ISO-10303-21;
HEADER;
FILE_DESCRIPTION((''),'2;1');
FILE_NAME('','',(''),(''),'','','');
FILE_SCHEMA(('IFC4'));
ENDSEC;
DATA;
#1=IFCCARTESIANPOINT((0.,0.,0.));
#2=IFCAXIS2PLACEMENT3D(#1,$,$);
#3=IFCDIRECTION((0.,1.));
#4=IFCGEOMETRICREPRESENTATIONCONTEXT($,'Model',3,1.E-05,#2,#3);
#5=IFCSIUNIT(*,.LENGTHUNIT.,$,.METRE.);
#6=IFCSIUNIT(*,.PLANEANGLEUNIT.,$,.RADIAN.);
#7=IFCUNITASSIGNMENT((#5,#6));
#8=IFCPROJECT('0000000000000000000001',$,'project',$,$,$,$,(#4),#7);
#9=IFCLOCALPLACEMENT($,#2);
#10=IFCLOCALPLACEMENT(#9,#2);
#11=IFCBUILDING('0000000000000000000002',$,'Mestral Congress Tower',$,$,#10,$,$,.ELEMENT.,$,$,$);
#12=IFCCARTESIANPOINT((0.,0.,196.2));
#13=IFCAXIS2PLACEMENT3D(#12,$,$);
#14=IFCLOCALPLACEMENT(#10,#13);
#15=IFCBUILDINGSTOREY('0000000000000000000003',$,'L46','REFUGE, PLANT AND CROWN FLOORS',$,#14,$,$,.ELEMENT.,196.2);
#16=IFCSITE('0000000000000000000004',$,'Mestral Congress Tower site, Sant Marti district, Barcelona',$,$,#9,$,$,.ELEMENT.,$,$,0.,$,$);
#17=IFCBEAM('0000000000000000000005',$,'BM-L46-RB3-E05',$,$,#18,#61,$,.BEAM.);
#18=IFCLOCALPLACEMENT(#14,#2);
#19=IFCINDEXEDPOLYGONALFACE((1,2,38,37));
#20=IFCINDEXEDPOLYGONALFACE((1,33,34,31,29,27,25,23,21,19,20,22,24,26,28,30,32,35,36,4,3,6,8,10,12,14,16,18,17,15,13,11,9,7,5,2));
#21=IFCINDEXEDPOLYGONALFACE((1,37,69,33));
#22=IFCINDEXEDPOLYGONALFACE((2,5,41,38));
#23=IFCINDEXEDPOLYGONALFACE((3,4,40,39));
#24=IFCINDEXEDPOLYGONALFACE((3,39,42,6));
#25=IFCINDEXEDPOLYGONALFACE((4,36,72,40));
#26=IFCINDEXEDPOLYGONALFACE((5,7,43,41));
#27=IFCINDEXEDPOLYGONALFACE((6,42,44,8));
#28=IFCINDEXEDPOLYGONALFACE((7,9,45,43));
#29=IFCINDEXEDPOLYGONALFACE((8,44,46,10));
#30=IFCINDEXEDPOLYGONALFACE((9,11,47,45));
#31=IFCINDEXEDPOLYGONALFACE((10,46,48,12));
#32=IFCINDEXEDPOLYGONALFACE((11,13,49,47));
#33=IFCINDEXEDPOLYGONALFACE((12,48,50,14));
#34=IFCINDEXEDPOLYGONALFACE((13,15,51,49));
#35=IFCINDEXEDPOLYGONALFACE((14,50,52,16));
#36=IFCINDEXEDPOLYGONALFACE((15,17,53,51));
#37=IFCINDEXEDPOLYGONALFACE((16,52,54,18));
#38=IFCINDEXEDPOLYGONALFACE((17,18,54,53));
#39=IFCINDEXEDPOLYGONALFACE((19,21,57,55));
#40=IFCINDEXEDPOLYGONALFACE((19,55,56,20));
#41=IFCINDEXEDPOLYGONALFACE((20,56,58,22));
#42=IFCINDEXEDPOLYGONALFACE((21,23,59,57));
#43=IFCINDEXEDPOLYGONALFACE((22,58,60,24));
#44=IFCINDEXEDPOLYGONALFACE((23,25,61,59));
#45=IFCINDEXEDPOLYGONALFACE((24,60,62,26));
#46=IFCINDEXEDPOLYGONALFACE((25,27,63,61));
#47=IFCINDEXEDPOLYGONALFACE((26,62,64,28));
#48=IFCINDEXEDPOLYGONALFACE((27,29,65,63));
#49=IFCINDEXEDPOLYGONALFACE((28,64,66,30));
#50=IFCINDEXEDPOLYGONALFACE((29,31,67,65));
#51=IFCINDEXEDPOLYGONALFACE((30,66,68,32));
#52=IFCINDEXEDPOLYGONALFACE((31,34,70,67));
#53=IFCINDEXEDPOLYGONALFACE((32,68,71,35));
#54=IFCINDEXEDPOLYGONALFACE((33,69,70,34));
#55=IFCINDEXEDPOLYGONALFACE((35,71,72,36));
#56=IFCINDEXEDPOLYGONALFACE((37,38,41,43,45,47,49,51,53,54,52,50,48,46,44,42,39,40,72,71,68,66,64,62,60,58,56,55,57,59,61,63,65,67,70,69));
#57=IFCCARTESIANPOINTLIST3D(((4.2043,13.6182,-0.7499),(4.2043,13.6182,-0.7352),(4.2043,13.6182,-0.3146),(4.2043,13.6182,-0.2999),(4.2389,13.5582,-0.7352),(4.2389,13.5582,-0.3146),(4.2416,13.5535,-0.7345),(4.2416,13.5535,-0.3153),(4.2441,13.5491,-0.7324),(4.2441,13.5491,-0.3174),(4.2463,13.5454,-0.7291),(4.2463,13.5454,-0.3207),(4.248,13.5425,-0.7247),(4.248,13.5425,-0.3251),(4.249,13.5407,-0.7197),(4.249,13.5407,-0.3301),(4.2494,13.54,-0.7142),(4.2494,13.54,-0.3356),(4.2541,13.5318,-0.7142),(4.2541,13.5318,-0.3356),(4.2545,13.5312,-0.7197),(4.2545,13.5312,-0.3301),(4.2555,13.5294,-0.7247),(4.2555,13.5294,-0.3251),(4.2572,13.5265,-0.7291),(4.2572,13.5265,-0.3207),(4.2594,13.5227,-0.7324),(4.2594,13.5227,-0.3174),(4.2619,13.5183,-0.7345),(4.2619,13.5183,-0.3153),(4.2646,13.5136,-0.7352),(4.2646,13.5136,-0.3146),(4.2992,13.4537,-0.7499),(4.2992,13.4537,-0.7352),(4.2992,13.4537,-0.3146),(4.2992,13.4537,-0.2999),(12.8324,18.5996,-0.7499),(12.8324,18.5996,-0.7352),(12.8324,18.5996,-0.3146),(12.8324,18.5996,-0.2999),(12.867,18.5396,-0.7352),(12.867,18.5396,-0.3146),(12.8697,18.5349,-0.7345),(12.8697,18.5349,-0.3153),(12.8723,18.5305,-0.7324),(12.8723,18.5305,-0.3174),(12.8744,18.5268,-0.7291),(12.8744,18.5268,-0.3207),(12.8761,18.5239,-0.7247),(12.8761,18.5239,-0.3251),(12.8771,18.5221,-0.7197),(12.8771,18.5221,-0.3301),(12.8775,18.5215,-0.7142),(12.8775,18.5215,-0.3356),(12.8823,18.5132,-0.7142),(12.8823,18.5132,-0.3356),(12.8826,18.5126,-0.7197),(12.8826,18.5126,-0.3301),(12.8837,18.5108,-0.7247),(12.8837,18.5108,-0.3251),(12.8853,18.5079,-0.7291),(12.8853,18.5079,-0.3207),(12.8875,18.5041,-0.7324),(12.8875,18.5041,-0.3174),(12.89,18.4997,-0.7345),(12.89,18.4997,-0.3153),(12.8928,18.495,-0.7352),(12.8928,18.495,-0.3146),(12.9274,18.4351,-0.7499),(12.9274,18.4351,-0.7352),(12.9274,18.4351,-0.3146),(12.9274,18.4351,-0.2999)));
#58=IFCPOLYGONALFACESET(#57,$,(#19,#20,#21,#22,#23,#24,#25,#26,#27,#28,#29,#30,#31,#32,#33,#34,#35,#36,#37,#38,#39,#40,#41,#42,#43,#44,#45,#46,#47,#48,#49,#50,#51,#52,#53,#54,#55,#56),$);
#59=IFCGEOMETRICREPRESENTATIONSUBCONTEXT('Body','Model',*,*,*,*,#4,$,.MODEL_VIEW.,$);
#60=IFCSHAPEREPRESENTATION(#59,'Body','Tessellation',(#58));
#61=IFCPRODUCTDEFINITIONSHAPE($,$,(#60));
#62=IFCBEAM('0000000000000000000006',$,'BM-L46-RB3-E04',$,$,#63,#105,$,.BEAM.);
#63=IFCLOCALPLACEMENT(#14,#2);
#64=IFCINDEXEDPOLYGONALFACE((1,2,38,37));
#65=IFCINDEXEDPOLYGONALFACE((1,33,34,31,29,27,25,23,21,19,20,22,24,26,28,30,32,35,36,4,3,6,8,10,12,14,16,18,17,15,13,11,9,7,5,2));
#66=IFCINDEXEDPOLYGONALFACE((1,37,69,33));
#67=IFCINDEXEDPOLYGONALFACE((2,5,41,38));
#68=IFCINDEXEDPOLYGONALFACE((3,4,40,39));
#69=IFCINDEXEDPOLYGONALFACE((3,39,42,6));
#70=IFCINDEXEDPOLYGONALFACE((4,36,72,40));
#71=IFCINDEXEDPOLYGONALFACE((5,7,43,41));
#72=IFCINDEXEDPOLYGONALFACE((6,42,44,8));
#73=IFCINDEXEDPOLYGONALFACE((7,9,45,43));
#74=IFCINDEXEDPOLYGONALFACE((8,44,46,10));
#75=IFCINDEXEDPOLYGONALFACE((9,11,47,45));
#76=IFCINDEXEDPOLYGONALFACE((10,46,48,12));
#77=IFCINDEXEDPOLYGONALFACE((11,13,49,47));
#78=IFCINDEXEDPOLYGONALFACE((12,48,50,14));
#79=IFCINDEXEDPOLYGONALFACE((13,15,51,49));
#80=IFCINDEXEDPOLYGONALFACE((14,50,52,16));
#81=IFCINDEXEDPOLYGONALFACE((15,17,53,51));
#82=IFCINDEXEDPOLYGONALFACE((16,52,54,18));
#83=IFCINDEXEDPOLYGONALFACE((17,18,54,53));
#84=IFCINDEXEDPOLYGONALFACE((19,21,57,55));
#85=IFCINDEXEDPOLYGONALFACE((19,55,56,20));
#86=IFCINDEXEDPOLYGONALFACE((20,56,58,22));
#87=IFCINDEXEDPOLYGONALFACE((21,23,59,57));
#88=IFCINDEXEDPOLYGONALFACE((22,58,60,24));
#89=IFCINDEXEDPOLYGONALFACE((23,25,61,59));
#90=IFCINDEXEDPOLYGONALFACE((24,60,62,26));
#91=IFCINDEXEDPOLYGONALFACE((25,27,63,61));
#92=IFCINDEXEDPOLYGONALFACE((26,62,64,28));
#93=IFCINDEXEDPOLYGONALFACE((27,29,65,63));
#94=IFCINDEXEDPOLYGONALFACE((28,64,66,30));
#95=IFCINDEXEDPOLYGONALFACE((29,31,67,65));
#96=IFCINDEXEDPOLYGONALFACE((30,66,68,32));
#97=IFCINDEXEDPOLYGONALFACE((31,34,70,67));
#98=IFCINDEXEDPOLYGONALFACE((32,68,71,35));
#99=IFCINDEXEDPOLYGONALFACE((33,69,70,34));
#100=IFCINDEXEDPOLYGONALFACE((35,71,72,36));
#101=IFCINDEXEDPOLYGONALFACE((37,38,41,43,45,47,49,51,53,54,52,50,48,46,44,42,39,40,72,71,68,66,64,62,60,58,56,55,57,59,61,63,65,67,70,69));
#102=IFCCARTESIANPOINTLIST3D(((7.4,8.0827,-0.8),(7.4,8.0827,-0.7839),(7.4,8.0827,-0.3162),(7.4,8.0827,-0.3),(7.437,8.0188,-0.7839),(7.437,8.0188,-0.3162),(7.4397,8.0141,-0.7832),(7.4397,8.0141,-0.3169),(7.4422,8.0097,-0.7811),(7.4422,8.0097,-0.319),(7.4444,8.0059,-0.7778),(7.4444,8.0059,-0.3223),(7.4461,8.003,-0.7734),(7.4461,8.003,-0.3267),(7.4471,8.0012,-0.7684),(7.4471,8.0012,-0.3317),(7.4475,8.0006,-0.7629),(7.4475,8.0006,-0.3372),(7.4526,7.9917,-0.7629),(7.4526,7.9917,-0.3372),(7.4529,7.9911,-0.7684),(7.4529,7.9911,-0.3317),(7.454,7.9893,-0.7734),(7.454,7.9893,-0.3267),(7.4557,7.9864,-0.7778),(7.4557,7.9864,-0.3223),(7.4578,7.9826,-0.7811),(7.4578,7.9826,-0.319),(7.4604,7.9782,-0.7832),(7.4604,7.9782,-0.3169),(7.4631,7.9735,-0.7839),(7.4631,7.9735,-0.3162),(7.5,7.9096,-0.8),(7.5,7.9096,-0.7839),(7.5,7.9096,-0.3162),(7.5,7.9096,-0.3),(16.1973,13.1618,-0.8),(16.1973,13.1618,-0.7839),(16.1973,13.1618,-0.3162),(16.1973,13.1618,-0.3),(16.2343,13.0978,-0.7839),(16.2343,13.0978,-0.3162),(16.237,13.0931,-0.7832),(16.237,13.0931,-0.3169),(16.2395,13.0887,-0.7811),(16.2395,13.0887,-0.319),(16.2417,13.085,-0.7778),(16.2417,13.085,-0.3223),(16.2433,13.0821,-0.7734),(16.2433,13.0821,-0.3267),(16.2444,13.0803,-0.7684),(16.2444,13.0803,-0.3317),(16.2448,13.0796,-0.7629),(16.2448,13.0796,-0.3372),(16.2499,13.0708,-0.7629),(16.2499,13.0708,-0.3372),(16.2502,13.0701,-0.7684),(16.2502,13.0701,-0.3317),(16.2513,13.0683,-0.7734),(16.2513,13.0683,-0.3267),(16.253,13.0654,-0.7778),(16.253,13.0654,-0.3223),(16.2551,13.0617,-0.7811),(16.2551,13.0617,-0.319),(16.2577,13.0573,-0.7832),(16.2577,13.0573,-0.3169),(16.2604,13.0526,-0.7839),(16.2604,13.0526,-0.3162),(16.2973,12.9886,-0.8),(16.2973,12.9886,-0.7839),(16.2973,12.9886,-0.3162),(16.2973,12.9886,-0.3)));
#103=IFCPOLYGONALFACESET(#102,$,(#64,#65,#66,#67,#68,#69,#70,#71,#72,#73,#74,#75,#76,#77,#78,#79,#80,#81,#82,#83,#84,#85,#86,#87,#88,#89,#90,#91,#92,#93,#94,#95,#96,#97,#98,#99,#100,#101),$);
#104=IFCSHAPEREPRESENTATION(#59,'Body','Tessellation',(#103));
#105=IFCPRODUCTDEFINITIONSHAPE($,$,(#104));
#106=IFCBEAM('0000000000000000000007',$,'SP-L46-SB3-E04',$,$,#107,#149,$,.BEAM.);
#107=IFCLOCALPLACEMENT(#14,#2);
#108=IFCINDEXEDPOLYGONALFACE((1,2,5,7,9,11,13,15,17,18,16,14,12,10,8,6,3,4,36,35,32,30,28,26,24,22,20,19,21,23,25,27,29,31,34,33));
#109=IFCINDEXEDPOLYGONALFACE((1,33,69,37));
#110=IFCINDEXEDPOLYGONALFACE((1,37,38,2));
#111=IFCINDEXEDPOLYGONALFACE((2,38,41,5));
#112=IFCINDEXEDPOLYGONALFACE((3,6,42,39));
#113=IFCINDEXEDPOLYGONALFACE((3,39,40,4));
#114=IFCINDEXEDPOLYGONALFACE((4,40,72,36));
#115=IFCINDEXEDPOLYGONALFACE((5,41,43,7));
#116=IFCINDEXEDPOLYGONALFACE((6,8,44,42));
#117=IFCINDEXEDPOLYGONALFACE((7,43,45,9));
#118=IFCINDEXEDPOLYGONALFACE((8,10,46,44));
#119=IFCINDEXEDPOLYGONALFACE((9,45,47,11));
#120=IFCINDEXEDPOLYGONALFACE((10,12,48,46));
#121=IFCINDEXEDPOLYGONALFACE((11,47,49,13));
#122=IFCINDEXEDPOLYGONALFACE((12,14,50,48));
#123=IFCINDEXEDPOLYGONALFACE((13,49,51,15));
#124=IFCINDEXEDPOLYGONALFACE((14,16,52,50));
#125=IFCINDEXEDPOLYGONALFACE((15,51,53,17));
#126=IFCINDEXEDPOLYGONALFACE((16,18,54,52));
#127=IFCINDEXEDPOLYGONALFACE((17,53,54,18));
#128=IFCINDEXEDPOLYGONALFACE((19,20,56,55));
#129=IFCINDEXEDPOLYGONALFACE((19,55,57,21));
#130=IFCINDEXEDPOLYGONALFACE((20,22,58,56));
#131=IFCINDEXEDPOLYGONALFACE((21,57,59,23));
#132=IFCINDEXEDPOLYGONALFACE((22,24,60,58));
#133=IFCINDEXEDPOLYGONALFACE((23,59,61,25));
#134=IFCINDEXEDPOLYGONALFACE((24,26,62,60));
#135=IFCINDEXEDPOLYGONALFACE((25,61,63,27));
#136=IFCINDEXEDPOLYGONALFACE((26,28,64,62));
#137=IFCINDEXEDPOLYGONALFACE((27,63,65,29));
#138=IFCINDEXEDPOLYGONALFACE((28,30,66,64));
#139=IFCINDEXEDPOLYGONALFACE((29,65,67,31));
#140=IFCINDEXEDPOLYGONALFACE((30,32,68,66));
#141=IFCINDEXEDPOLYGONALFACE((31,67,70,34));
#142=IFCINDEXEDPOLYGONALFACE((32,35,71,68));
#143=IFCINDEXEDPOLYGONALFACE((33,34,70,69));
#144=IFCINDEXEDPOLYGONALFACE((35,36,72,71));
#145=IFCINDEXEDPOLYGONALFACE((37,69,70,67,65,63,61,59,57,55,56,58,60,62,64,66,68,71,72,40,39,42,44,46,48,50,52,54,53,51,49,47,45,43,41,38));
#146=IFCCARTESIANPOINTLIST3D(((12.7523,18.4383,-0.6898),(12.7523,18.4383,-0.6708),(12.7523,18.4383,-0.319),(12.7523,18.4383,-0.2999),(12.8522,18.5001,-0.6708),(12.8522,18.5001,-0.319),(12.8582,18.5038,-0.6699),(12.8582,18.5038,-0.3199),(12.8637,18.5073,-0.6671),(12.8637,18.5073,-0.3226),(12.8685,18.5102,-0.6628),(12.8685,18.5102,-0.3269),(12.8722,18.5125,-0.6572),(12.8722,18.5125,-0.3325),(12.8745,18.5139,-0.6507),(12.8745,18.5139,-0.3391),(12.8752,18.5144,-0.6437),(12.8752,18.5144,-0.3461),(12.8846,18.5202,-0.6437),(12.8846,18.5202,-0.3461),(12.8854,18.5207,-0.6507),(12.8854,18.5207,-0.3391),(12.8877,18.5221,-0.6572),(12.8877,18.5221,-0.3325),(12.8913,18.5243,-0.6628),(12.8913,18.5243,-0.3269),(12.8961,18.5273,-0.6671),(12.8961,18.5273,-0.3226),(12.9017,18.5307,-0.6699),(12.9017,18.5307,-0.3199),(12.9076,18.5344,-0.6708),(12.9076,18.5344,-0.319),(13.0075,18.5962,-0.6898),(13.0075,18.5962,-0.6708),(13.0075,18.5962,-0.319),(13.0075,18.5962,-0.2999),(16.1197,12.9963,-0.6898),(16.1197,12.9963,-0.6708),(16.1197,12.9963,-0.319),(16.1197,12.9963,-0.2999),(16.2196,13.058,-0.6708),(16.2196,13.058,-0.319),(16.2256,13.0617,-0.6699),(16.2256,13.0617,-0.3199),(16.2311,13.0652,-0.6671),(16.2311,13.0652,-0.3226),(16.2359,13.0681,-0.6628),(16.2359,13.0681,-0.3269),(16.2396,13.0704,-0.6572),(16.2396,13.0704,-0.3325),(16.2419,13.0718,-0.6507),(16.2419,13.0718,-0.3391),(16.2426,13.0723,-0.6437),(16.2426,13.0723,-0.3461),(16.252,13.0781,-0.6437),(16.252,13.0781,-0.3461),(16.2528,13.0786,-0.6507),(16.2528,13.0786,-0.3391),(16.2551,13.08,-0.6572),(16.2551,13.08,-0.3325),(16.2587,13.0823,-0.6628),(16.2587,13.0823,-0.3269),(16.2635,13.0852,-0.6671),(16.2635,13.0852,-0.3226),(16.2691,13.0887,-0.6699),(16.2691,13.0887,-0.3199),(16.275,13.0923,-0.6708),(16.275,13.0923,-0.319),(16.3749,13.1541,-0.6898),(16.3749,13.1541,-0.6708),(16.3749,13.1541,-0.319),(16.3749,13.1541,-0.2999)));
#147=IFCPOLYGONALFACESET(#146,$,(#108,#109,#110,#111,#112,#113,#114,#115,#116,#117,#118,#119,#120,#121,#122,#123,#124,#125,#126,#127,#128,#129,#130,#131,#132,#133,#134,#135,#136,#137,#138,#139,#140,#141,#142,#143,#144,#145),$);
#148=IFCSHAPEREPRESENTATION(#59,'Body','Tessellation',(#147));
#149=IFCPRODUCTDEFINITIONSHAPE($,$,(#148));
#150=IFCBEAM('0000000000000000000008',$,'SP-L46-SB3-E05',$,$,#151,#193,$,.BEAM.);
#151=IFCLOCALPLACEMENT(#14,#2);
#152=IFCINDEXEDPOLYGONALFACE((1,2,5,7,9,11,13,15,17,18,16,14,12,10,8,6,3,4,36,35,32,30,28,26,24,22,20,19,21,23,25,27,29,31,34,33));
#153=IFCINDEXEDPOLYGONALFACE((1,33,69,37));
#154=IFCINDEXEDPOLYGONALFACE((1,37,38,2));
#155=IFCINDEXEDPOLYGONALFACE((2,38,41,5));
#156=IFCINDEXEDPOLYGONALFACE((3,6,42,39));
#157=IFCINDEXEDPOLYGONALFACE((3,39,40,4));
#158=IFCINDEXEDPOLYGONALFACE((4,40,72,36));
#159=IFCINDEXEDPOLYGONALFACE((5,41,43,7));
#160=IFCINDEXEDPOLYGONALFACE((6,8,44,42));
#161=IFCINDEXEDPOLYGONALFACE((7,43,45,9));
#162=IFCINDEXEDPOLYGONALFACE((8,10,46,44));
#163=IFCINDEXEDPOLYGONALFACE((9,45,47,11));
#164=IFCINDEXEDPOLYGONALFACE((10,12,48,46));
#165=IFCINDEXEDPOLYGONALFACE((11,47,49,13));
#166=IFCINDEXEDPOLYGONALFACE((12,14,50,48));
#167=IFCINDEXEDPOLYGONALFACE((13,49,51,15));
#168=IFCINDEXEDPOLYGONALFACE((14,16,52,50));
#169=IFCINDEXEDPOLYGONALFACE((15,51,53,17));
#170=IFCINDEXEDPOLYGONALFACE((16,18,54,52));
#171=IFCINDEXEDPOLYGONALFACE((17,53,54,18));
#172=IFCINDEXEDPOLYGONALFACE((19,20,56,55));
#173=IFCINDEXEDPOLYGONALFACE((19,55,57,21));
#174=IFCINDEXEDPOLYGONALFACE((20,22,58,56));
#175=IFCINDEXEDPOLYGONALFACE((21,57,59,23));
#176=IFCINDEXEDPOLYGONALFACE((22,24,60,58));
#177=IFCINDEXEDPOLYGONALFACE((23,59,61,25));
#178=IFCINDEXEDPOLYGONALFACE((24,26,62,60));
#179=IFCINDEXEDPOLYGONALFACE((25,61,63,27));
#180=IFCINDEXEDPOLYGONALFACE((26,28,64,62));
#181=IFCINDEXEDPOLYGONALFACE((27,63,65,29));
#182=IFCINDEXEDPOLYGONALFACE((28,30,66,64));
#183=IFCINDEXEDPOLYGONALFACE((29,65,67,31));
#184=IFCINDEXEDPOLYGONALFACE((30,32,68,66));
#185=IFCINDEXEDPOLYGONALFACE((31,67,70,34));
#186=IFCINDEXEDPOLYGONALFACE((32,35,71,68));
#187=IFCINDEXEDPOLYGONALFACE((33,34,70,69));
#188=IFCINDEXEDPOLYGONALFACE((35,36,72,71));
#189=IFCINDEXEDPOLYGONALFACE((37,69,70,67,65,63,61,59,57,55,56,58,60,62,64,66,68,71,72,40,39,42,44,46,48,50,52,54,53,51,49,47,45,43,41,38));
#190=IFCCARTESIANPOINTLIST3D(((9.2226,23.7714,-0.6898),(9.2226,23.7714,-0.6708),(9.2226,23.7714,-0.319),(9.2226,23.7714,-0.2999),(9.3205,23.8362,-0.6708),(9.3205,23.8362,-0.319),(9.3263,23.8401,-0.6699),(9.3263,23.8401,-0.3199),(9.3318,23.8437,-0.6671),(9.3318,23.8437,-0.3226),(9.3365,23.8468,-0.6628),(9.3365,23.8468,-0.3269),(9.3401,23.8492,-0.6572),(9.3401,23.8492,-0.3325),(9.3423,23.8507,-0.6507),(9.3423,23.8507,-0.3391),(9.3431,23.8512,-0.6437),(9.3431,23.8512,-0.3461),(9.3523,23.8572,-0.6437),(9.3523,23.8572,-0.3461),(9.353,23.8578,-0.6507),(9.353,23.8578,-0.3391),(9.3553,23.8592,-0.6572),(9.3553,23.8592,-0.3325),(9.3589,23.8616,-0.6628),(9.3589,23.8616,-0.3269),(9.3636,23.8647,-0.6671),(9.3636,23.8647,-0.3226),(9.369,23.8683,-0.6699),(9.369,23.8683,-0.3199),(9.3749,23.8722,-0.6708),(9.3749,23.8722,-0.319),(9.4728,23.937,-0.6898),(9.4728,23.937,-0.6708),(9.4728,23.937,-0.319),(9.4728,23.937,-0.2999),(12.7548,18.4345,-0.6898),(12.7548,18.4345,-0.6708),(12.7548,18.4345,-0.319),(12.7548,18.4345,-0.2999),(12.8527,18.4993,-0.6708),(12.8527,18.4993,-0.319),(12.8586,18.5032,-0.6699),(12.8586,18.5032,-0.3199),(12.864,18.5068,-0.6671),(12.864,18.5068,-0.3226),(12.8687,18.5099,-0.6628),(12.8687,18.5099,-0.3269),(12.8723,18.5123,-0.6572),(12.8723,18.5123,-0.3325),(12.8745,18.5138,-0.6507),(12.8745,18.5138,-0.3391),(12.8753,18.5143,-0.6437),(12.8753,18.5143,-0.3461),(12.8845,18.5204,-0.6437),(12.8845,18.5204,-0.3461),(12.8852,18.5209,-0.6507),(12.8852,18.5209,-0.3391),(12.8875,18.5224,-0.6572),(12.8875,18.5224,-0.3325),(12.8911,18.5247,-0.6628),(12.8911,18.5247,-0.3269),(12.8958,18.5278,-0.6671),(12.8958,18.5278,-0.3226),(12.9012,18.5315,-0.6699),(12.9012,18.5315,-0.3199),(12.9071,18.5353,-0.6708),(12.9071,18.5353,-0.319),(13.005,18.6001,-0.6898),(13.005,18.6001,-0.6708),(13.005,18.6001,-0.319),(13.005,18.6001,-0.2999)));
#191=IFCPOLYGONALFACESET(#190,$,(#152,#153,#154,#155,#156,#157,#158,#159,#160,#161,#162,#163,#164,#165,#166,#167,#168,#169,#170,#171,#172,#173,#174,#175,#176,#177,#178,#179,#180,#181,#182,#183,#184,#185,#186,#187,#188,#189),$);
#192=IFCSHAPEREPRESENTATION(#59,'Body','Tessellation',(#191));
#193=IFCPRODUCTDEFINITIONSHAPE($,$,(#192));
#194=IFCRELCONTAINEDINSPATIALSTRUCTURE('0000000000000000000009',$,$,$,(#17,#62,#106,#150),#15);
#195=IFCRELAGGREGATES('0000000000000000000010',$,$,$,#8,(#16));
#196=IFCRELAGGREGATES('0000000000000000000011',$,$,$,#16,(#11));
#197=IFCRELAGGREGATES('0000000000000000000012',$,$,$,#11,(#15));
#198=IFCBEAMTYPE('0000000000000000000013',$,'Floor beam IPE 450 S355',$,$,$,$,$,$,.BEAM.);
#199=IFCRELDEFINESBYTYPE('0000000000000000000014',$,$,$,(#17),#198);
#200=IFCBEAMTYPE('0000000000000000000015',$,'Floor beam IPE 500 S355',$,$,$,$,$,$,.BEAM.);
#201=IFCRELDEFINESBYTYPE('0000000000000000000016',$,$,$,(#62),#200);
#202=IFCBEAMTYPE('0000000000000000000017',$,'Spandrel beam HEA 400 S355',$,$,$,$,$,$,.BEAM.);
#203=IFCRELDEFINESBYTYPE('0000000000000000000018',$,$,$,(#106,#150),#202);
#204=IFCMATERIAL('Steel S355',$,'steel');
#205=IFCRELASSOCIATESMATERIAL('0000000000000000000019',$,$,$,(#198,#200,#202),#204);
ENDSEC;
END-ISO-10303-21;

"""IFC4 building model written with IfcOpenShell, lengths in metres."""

from ifc_helpers import new_model, si_unit, direction, frame, origin, origin_2d, place, context, subcontext, project, spatial, i_section, extrude, material, material_profile, profile_set, type_object, element, save


model = new_model("IFC4")

# Units and contexts
model_context = context("Model", 3, precision=1e-05, world=origin(), true_north=direction((0.0, 1.0)))
body_context = subcontext(model_context, "Body", "Model", "MODEL_VIEW")
ifc_project = project(units=[si_unit("LENGTHUNIT", "METRE"), si_unit("PLANEANGLEUNIT", "RADIAN")], contexts=[model_context])

# Site, building, storey
site_placement = place(None, origin())
site = spatial("IfcSite", under=ifc_project, at=site_placement, Name="Mestral Congress Tower site, Sant Marti district, Barcelona", CompositionType="ELEMENT", RefElevation=0.0)
building_placement = place(site_placement, origin())
building = spatial("IfcBuilding", under=site, at=building_placement, Name="Mestral Congress Tower", CompositionType="ELEMENT")
storey_placement = place(building_placement, frame((0.0, 0.0, 196.2)))
storey = spatial("IfcBuildingStorey", under=building, at=storey_placement, Name="L46", Description="REFUGE, PLANT AND CROWN FLOORS", CompositionType="ELEMENT", Elevation=196.2)

# Shared definitions
ifc_material_1 = material(Name="Steel S355", Category="steel")

# Beams
ifc_material_profile_1 = material_profile(ifc_material_1, i_section(OverallWidth=0.1899, OverallDepth=0.45, WebThickness=0.0095, FlangeThickness=0.0146, FilletRadius=0.021, at=origin_2d()), Name="IPE 450")
ifc_profile_set_1 = profile_set([ifc_material_profile_1], Name="Steel S355")
beam_type_1 = type_object("IfcBeamType", Name="Floor beam IPE 450 S355", PredefinedType="BEAM", material=ifc_profile_set_1)
beam_1_placement = place(storey_placement, frame((12.8799, 18.5173, -0.5249), z_axis=(-0.866027, -0.499998, 0.0), x_axis=(0.499998, -0.866027, 0.0)))
element("IfcBeam", 1, at=beam_1_placement, inside=storey, type_object=beam_type_1, Name="BM-L46-RB3-E05", PredefinedType="BEAM", context=body_context, shape_type="SweptSolid", body=[
    extrude(i_section(OverallWidth=0.1899, OverallDepth=0.45, WebThickness=0.0095, FlangeThickness=0.0146, FilletRadius=0.021, at=origin_2d()), origin(), (0.0, 0.0, 1.0), 9.9629),
])
ifc_material_profile_2 = material_profile(ifc_material_1, i_section(OverallWidth=0.2, OverallDepth=0.5, WebThickness=0.0103, FlangeThickness=0.0161, FilletRadius=0.021, at=origin_2d()), Name="IPE 500")
ifc_profile_set_2 = profile_set([ifc_material_profile_2], Name="Steel S355")
beam_type_2 = type_object("IfcBeamType", Name="Floor beam IPE 500 S355", PredefinedType="BEAM", material=ifc_profile_set_2)
beam_2_placement = place(storey_placement, frame((16.2473, 13.0752, -0.55), z_axis=(-0.866028, -0.499996, 0.0), x_axis=(0.499996, -0.866028, 0.0)))
element("IfcBeam", 2, at=beam_2_placement, inside=storey, type_object=beam_type_2, Name="BM-L46-RB3-E04", PredefinedType="BEAM", context=body_context, shape_type="SweptSolid", body=[
    extrude(i_section(OverallWidth=0.2, OverallDepth=0.5, WebThickness=0.0103, FlangeThickness=0.0161, FilletRadius=0.021, at=origin_2d()), origin(), (0.0, 0.0, 1.0), 10.1582),
])
ifc_material_profile_3 = material_profile(ifc_material_1, i_section(OverallWidth=0.3, OverallDepth=0.3899, WebThickness=0.011, FlangeThickness=0.019, FilletRadius=0.0271, at=origin_2d()), Name="HEA 400")
ifc_profile_set_3 = profile_set([ifc_material_profile_3], Name="Steel S355")
beam_type_3 = type_object("IfcBeamType", Name="Spandrel beam HEA 400 S355", PredefinedType="BEAM", material=ifc_profile_set_3)
beam_3_placement = place(storey_placement, frame((16.2473, 13.0752, -0.4949), z_axis=(-0.526184, 0.850371, 0.0), x_axis=(-0.850371, -0.526184, 0.0)))
element("IfcBeam", 3, at=beam_3_placement, inside=storey, type_object=beam_type_3, Name="SP-L46-SB3-E04", PredefinedType="BEAM", context=body_context, shape_type="SweptSolid", body=[
    extrude(i_section(OverallWidth=0.3, OverallDepth=0.3899, WebThickness=0.011, FlangeThickness=0.019, FilletRadius=0.0271, at=origin_2d()), origin(), (0.0, 0.0, 1.0), 6.3997),
])
beam_4_placement = place(storey_placement, frame((12.8799, 18.5173, -0.4949), z_axis=(-0.551915, 0.8339, 0.0), x_axis=(-0.8339, -0.551915, 0.0)))
element("IfcBeam", 4, at=beam_4_placement, inside=storey, type_object=beam_type_3, Name="SP-L46-SB3-E05", PredefinedType="BEAM", context=body_context, shape_type="SweptSolid", body=[
    extrude(i_section(OverallWidth=0.3, OverallDepth=0.3899, WebThickness=0.011, FlangeThickness=0.019, FilletRadius=0.0271, at=origin_2d()), origin(), (0.0, 0.0, 1.0), 6.3999),
])

save(model, "model.ifc")
